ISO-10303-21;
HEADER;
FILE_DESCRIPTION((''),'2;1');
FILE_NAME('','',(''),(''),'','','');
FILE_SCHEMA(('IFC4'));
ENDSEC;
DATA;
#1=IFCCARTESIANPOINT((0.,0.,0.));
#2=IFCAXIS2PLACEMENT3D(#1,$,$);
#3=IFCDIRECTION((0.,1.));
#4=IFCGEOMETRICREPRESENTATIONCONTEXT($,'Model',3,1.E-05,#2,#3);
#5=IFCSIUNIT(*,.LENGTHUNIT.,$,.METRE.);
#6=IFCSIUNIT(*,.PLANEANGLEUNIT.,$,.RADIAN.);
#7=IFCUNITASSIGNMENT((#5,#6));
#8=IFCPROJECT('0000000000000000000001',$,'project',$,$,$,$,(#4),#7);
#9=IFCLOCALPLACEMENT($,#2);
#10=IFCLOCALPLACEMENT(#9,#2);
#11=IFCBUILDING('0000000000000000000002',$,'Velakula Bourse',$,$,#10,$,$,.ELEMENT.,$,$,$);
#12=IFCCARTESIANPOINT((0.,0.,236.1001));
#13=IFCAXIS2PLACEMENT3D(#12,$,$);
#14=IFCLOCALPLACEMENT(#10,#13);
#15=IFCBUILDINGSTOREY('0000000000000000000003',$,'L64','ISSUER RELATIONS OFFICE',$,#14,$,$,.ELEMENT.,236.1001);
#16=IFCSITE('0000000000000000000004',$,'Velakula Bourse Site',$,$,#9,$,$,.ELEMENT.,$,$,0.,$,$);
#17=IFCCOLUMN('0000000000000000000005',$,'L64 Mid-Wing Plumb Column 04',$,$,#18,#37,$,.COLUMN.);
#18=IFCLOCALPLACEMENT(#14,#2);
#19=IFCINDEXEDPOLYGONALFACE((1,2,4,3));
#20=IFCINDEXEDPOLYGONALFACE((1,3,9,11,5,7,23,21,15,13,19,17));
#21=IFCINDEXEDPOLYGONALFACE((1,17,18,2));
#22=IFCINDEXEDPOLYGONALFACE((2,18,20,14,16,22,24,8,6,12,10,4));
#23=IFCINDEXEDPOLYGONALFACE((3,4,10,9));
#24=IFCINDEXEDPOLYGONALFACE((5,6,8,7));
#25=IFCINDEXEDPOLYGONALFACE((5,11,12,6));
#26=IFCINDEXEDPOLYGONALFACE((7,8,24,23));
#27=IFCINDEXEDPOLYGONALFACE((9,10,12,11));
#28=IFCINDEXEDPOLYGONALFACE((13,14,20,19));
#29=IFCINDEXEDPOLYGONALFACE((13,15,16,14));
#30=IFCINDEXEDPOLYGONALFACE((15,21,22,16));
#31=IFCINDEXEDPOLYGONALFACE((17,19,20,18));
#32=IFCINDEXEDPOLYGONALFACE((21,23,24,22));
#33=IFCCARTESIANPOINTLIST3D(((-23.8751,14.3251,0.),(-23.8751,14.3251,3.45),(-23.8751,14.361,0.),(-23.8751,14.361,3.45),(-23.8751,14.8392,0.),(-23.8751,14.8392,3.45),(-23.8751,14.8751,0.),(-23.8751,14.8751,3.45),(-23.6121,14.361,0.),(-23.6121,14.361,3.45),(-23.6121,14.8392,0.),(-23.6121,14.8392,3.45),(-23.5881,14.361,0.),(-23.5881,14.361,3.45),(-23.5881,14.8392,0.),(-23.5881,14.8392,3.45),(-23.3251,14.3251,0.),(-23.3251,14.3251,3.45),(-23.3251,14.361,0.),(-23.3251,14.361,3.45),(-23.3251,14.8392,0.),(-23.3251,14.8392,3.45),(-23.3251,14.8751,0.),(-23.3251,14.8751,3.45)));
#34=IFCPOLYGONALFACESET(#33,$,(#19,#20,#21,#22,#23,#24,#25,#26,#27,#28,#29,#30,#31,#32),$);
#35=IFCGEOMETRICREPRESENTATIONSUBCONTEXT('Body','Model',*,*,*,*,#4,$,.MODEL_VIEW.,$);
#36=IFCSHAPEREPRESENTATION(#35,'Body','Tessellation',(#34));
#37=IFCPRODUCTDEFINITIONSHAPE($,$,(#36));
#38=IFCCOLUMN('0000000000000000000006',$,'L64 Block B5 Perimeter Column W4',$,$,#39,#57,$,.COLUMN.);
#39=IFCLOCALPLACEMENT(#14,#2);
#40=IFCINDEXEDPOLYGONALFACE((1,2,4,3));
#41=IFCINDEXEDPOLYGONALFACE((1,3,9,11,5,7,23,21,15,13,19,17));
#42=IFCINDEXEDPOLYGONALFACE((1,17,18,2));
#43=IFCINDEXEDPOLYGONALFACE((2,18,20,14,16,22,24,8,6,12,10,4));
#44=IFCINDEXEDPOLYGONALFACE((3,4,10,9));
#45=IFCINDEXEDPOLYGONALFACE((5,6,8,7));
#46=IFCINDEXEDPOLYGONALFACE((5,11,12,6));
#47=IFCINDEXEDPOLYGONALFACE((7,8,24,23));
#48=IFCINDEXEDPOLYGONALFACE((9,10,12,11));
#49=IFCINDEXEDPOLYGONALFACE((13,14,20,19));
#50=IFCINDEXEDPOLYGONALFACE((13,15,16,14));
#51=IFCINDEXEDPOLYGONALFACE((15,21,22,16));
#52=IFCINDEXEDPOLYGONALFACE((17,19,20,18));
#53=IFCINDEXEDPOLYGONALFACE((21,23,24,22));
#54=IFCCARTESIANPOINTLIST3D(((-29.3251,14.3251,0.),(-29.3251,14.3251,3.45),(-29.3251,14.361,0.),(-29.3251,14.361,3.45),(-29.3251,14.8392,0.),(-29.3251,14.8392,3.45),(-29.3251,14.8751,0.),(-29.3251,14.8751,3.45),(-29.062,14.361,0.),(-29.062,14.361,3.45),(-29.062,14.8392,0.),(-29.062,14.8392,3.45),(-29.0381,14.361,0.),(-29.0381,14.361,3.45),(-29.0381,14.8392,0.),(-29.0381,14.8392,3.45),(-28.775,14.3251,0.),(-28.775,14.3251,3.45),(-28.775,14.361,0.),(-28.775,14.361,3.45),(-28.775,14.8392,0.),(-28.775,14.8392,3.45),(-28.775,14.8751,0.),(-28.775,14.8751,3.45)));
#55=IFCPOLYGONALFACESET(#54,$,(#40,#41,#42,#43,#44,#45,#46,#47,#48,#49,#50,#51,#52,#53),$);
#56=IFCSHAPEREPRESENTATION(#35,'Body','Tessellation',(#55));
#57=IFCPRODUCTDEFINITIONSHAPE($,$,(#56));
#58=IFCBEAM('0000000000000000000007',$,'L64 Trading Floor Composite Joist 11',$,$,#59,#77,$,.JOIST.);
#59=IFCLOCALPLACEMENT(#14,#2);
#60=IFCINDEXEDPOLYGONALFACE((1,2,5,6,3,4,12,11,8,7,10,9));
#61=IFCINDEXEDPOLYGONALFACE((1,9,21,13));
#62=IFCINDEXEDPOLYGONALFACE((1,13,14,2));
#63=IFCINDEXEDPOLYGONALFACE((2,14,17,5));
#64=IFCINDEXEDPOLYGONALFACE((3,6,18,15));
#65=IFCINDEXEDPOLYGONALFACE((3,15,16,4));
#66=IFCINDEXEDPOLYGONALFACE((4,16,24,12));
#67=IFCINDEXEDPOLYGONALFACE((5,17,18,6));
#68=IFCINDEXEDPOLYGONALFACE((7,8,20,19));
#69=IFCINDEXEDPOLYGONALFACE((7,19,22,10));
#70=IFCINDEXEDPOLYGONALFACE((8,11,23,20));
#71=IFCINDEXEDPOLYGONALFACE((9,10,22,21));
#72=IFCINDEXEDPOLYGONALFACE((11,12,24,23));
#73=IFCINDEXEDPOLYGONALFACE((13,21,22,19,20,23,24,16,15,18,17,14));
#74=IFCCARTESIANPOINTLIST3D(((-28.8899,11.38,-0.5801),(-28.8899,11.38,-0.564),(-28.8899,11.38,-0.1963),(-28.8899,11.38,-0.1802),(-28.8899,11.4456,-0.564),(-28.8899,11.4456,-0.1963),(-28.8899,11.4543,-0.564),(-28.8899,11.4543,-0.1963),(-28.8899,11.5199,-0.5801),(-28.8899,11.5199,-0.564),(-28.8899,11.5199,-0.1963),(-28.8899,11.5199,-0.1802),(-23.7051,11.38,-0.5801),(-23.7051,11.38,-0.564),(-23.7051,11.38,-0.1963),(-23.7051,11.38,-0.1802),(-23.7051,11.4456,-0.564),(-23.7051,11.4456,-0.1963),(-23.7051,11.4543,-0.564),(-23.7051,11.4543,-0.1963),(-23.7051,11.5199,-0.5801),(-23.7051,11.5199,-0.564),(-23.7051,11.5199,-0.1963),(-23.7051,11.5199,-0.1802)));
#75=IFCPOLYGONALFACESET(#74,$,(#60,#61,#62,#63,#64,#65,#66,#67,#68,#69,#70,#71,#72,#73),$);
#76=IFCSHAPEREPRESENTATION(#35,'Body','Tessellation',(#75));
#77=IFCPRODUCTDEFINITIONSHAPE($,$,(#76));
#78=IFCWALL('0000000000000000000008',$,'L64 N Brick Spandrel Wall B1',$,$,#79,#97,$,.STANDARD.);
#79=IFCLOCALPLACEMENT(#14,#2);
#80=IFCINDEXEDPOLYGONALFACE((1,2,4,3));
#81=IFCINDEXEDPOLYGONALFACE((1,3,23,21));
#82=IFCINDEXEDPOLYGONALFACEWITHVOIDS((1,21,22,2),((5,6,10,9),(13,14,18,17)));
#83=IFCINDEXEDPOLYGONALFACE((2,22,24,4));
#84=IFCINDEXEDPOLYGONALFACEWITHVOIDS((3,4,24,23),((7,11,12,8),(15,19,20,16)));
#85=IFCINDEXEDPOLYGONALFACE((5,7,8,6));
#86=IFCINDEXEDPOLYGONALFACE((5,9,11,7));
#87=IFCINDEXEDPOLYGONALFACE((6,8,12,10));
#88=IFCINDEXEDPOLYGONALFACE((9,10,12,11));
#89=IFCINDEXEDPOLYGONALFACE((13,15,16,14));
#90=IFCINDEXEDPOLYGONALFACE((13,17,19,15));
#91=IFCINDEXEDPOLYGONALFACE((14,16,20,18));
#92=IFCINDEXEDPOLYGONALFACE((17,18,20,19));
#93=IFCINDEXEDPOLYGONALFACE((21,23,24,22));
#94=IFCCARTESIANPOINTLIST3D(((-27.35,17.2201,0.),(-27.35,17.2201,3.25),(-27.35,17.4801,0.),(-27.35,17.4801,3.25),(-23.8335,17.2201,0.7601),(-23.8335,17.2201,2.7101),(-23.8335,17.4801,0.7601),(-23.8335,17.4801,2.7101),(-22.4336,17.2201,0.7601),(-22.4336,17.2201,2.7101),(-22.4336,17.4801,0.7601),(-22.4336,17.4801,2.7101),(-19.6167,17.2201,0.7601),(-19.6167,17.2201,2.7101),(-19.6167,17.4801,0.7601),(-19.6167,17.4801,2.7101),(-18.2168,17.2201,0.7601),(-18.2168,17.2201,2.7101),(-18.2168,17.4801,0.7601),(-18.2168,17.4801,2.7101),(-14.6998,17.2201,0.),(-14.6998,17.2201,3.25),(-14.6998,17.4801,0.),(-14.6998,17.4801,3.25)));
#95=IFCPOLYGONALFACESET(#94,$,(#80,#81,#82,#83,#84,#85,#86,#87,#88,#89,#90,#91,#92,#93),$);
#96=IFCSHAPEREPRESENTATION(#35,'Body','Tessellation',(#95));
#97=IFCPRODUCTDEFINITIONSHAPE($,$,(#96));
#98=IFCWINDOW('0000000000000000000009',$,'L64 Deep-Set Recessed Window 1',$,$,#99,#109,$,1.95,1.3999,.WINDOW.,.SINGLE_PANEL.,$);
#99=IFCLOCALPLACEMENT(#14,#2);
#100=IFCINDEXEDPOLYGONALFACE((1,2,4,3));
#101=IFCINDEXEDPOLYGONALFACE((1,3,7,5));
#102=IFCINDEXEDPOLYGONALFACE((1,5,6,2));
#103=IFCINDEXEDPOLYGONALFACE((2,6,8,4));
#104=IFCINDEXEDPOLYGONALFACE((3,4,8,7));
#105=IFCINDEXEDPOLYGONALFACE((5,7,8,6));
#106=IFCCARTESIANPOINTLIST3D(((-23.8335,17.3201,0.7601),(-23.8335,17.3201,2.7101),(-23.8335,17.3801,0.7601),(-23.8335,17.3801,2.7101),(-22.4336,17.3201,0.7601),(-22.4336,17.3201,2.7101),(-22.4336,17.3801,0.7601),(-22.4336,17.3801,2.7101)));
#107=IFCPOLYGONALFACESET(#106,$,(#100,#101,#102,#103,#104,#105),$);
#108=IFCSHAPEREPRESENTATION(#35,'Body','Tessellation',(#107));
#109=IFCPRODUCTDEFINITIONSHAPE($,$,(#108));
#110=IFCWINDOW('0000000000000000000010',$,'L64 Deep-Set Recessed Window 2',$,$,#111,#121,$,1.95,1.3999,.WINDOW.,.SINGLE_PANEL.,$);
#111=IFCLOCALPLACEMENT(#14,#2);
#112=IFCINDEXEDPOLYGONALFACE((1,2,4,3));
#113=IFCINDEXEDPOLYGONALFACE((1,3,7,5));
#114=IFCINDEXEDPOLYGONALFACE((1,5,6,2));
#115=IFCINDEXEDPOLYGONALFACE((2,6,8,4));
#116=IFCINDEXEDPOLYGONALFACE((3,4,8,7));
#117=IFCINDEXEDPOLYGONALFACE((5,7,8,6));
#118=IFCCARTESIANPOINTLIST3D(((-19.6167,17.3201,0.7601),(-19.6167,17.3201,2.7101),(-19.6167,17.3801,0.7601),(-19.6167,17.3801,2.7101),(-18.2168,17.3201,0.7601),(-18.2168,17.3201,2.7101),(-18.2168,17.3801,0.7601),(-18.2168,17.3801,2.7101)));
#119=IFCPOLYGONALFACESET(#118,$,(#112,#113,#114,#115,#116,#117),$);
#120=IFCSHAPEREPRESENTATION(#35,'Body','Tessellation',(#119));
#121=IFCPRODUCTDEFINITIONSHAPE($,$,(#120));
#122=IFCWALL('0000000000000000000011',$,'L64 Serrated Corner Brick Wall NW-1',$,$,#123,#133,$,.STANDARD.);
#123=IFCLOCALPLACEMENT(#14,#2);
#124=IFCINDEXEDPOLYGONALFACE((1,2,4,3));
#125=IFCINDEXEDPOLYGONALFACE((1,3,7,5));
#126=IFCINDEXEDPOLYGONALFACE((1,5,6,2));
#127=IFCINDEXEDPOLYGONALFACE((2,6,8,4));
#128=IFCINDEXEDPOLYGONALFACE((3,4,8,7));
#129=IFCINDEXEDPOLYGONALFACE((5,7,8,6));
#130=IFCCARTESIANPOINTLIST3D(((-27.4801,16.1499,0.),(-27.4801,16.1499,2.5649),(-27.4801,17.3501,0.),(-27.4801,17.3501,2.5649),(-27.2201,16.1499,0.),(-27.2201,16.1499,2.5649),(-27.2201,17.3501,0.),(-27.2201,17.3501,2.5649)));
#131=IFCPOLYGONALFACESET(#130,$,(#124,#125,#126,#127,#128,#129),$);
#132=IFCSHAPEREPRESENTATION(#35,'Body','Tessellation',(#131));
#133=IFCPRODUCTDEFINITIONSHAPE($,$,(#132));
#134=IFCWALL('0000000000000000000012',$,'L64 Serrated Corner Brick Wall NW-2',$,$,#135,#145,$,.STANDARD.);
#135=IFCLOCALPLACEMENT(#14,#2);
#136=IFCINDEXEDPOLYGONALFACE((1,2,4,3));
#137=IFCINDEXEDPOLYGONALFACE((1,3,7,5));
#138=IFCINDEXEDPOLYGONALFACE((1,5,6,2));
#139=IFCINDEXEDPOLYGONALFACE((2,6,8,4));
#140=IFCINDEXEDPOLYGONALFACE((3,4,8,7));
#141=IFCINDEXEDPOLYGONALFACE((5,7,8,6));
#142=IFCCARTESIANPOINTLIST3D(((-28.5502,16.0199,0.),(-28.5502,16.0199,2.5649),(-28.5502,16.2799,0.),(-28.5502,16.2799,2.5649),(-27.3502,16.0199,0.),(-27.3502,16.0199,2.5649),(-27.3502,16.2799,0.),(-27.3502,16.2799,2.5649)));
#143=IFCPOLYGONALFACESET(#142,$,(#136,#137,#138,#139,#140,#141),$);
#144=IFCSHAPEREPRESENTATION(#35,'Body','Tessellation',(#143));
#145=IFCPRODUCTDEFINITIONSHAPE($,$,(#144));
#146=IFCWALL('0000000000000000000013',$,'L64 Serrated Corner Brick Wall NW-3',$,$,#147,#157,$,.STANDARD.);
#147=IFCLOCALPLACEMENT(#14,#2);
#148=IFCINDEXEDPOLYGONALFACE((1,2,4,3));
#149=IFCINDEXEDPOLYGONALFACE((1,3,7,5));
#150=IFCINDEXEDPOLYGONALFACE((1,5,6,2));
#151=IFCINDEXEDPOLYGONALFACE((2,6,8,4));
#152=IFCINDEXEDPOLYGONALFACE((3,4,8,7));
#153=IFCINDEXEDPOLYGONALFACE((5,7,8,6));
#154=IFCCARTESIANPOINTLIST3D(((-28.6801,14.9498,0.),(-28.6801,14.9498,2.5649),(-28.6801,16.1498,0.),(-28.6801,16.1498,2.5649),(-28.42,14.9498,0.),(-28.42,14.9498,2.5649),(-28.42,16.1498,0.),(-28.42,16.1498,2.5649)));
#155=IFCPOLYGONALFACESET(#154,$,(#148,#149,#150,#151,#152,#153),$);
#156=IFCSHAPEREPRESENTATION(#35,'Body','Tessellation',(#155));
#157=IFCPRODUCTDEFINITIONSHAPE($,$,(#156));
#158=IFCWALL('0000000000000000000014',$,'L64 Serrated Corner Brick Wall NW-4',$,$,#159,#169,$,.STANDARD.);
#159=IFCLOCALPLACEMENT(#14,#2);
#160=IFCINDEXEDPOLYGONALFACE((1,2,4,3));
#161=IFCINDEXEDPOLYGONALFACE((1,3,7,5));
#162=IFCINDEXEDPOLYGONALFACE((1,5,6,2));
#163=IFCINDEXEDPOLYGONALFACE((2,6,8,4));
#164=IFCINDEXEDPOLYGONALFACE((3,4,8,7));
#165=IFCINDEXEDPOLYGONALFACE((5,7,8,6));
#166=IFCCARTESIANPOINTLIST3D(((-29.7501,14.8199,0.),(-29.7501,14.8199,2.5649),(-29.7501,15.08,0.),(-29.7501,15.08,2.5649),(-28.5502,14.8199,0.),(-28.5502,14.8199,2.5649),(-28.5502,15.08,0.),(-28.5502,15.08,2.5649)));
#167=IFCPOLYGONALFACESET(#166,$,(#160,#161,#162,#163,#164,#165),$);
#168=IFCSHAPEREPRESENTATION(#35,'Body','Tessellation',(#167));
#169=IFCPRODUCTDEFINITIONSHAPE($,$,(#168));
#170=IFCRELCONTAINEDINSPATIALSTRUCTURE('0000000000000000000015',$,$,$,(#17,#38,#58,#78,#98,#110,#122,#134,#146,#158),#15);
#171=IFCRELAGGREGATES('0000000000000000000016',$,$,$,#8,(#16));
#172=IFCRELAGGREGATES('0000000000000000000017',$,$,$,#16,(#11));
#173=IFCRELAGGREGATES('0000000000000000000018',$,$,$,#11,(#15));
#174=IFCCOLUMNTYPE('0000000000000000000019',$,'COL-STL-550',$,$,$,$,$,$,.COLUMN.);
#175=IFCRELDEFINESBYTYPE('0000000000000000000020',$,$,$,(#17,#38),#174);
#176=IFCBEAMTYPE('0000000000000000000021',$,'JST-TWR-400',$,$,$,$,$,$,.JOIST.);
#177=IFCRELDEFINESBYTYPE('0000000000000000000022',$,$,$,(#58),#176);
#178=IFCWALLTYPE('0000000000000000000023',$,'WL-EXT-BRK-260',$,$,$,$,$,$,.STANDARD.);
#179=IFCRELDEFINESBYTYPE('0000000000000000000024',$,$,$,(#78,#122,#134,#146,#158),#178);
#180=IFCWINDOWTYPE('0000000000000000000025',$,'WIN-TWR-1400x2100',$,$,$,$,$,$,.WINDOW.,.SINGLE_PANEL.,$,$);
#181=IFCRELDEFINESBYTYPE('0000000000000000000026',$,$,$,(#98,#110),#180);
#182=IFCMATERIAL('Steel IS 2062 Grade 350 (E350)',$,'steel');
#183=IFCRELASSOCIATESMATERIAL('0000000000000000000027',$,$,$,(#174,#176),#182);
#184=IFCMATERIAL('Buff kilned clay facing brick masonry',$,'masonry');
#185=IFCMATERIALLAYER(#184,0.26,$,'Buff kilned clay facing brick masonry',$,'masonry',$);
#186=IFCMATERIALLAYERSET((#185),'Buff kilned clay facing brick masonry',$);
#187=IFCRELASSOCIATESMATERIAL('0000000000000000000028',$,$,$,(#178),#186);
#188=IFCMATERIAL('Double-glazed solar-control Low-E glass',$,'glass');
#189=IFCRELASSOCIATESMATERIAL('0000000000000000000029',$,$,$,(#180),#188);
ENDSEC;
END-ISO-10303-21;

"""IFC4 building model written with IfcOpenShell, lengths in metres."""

from ifc_helpers import new_model, si_unit, direction, frame, frame_2d, origin, origin_2d, place, context, subcontext, project, spatial, rectangle, i_section, extrude, material, layer, layer_set, material_profile, profile_set, type_object, element, fill, save


model = new_model("IFC4")

# Units and contexts
model_context = context("Model", 3, precision=1e-05, world=origin(), true_north=direction((0.0, 1.0)))
body_context = subcontext(model_context, "Body", "Model", "MODEL_VIEW")
ifc_project = project(units=[si_unit("LENGTHUNIT", "METRE"), si_unit("PLANEANGLEUNIT", "RADIAN")], contexts=[model_context])

# Site, building, storey
site_placement = place(None, origin())
site = spatial("IfcSite", under=ifc_project, at=site_placement, Name="Velakula Bourse Site", CompositionType="ELEMENT", RefElevation=0.0)
building_placement = place(site_placement, origin())
building = spatial("IfcBuilding", under=site, at=building_placement, Name="Velakula Bourse", CompositionType="ELEMENT")
storey_placement = place(building_placement, frame((0.0, 0.0, 236.1001)))
storey = spatial("IfcBuildingStorey", under=building, at=storey_placement, Name="L64", Description="ISSUER RELATIONS OFFICE", CompositionType="ELEMENT", Elevation=236.1001)

# Columns
ifc_material_1 = material(Name="Steel IS 2062 Grade 350 (E350)", Category="steel")
ifc_material_profile_1 = material_profile(ifc_material_1, i_section(OverallWidth=0.55, OverallDepth=0.55, WebThickness=0.0239, FlangeThickness=0.0359, at=origin_2d()), Name="Steel IS 2062 Grade 350 (E350)")
ifc_profile_set_1 = profile_set([ifc_material_profile_1], Name="Steel IS 2062 Grade 350 (E350)")
column_type = type_object("IfcColumnType", Name="COL-STL-550", PredefinedType="COLUMN", material=ifc_profile_set_1)
for number, where, z_axis, x_axis, name in (
    (1, (-23.6001, 14.6001, 0.0), (0.0, 0.0, 1.0), (1.0, 0.0, 0.0), "L64 Mid-Wing Plumb Column 04"),
    (2, (-29.05, 14.6001, 0.0), (0.0, 0.0, 1.0), (1.0, 0.0, 0.0), "L64 Block B5 Perimeter Column W4"),
):
    element("IfcColumn", number, at=place(storey_placement, frame(where, z_axis=z_axis, x_axis=x_axis)), inside=storey, type_object=column_type, Name=name, PredefinedType="COLUMN", context=body_context, shape_type="SweptSolid", body=[
        extrude(i_section(OverallWidth=0.55, OverallDepth=0.55, WebThickness=0.0239, FlangeThickness=0.0359, at=origin_2d()), origin(), (0.0, 0.0, 1.0), 3.45),
    ])

# Beam
ifc_material_profile_2 = material_profile(ifc_material_1, i_section(OverallWidth=0.1399, OverallDepth=0.3999, WebThickness=0.0088, FlangeThickness=0.0161, at=origin_2d()), Name="Steel IS 2062 Grade 350 (E350)")
ifc_profile_set_2 = profile_set([ifc_material_profile_2], Name="Steel IS 2062 Grade 350 (E350)")
beam_type = type_object("IfcBeamType", Name="JST-TWR-400", PredefinedType="JOIST", material=ifc_profile_set_2)
beam_placement = place(storey_placement, frame((-28.8899, 11.45, -0.3801), z_axis=(1.0, 0.0, 0.0), x_axis=(0.0, 1.0, 0.0)))
element("IfcBeam", 3, at=beam_placement, inside=storey, type_object=beam_type, Name="L64 Trading Floor Composite Joist 11", PredefinedType="JOIST", context=body_context, shape_type="SweptSolid", body=[
    extrude(i_section(OverallWidth=0.1399, OverallDepth=0.3999, WebThickness=0.0088, FlangeThickness=0.0161, at=origin_2d()), origin(), (0.0, 0.0, 1.0), 5.1848),
])

# Wall, openings, windows
ifc_material_2 = material(Name="Buff kilned clay facing brick masonry", Category="masonry")
ifc_layer_1 = layer(ifc_material_2, 0.26, Name="Buff kilned clay facing brick masonry", Category="masonry")
ifc_layer_set_1 = layer_set([ifc_layer_1], Name="Buff kilned clay facing brick masonry")
wall_type_1 = type_object("IfcWallType", Name="WL-EXT-BRK-260", PredefinedType="STANDARD", material=ifc_layer_set_1)
wall_1_placement = place(storey_placement, frame((-27.3501, 17.3501, 0.0), z_axis=(0.0, 0.0, 1.0), x_axis=(1.0, 0.0, 0.0)))
wall_1 = element("IfcWall", 4, at=wall_1_placement, inside=storey, type_object=wall_type_1, Name="L64 N Brick Spandrel Wall B1", PredefinedType="STANDARD", context=body_context, shape_type="SweptSolid", body=[
    extrude(rectangle(XDim=12.6501, YDim=0.26, at=frame_2d((6.3252, 0.0))), origin(), (0.0, 0.0, 1.0), 3.25),
])
opening_1_placement = place(wall_1_placement, frame((3.5166, 0.0, 0.76)))
opening_1 = element("IfcOpeningElement", 5, at=opening_1_placement, cuts=wall_1, PredefinedType="OPENING", context=body_context, shape_type="SweptSolid", body=[
    extrude(rectangle(XDim=1.3999, YDim=1.95, at=frame_2d((0.7, 0.9751))), frame((0.0, 0.1399, 0.0), z_axis=(0.0, -1.0, 0.0), x_axis=(1.0, 0.0, 0.0)), (0.0, 0.0, 1.0), 0.28),
])
opening_2_placement = place(wall_1_placement, frame((7.7334, 0.0, 0.76)))
opening_2 = element("IfcOpeningElement", 6, at=opening_2_placement, cuts=wall_1, PredefinedType="OPENING", context=body_context, shape_type="SweptSolid", body=[
    extrude(rectangle(XDim=1.3999, YDim=1.95, at=frame_2d((0.7, 0.9751))), frame((0.0, 0.1399, 0.0), z_axis=(0.0, -1.0, 0.0), x_axis=(1.0, 0.0, 0.0)), (0.0, 0.0, 1.0), 0.28),
])
ifc_material_3 = material(Name="Double-glazed solar-control Low-E glass", Category="glass")
window_type = type_object("IfcWindowType", Name="WIN-TWR-1400x2100", PartitioningType="SINGLE_PANEL", PredefinedType="WINDOW", material=ifc_material_3)
window_1_placement = place(opening_1_placement, origin())
window_1 = element("IfcWindow", 7, at=window_1_placement, inside=storey, type_object=window_type, Name="L64 Deep-Set Recessed Window 1", OverallHeight=1.95, OverallWidth=1.3999, PartitioningType="SINGLE_PANEL", PredefinedType="WINDOW", context=body_context, shape_type="SweptSolid", body=[
    extrude(rectangle(XDim=1.3999, YDim=1.95, at=frame_2d((0.7, 0.9751))), frame((0.0, 0.03, 0.0), z_axis=(0.0, -1.0, 0.0), x_axis=(1.0, 0.0, 0.0)), (0.0, 0.0, 1.0), 0.0601),
])
fill(opening_1, window_1)
window_2_placement = place(opening_2_placement, origin())
window_2 = element("IfcWindow", 8, at=window_2_placement, inside=storey, type_object=window_type, Name="L64 Deep-Set Recessed Window 2", OverallHeight=1.95, OverallWidth=1.3999, PartitioningType="SINGLE_PANEL", PredefinedType="WINDOW", context=body_context, shape_type="SweptSolid", body=[
    extrude(rectangle(XDim=1.3999, YDim=1.95, at=frame_2d((0.7, 0.9751))), frame((0.0, 0.03, 0.0), z_axis=(0.0, -1.0, 0.0), x_axis=(1.0, 0.0, 0.0)), (0.0, 0.0, 1.0), 0.0601),
])
fill(opening_2, window_2)

# Walls
wall_2_placement = place(storey_placement, frame((-27.3501, 17.3501, 0.0), z_axis=(0.0, 0.0, 1.0), x_axis=(0.0, -1.0, 0.0)))
element("IfcWall", 9, at=wall_2_placement, inside=storey, type_object=wall_type_1, Name="L64 Serrated Corner Brick Wall NW-1", PredefinedType="STANDARD", context=body_context, shape_type="SweptSolid", body=[
    extrude(rectangle(XDim=1.2002, YDim=0.26, at=frame_2d((0.6001, 0.0))), origin(), (0.0, 0.0, 1.0), 2.5649),
])
for number, where, z_axis, x_axis, name in (
    (10, (-27.3501, 16.1499, 0.0), (0.0, 0.0, 1.0), (-1.0, 0.0, 0.0), "L64 Serrated Corner Brick Wall NW-2"),
    (11, (-28.55, 16.1499, 0.0), (0.0, 0.0, 1.0), (0.0, -1.0, 0.0), "L64 Serrated Corner Brick Wall NW-3"),
    (12, (-28.55, 14.95, 0.0), (0.0, 0.0, 1.0), (-1.0, 0.0, 0.0), "L64 Serrated Corner Brick Wall NW-4"),
):
    element("IfcWall", number, at=place(storey_placement, frame(where, z_axis=z_axis, x_axis=x_axis)), inside=storey, type_object=wall_type_1, Name=name, PredefinedType="STANDARD", context=body_context, shape_type="SweptSolid", body=[
        extrude(rectangle(XDim=1.2, YDim=0.26, at=frame_2d((0.6001, 0.0))), origin(), (0.0, 0.0, 1.0), 2.5649),
    ])

save(model, "model.ifc")
